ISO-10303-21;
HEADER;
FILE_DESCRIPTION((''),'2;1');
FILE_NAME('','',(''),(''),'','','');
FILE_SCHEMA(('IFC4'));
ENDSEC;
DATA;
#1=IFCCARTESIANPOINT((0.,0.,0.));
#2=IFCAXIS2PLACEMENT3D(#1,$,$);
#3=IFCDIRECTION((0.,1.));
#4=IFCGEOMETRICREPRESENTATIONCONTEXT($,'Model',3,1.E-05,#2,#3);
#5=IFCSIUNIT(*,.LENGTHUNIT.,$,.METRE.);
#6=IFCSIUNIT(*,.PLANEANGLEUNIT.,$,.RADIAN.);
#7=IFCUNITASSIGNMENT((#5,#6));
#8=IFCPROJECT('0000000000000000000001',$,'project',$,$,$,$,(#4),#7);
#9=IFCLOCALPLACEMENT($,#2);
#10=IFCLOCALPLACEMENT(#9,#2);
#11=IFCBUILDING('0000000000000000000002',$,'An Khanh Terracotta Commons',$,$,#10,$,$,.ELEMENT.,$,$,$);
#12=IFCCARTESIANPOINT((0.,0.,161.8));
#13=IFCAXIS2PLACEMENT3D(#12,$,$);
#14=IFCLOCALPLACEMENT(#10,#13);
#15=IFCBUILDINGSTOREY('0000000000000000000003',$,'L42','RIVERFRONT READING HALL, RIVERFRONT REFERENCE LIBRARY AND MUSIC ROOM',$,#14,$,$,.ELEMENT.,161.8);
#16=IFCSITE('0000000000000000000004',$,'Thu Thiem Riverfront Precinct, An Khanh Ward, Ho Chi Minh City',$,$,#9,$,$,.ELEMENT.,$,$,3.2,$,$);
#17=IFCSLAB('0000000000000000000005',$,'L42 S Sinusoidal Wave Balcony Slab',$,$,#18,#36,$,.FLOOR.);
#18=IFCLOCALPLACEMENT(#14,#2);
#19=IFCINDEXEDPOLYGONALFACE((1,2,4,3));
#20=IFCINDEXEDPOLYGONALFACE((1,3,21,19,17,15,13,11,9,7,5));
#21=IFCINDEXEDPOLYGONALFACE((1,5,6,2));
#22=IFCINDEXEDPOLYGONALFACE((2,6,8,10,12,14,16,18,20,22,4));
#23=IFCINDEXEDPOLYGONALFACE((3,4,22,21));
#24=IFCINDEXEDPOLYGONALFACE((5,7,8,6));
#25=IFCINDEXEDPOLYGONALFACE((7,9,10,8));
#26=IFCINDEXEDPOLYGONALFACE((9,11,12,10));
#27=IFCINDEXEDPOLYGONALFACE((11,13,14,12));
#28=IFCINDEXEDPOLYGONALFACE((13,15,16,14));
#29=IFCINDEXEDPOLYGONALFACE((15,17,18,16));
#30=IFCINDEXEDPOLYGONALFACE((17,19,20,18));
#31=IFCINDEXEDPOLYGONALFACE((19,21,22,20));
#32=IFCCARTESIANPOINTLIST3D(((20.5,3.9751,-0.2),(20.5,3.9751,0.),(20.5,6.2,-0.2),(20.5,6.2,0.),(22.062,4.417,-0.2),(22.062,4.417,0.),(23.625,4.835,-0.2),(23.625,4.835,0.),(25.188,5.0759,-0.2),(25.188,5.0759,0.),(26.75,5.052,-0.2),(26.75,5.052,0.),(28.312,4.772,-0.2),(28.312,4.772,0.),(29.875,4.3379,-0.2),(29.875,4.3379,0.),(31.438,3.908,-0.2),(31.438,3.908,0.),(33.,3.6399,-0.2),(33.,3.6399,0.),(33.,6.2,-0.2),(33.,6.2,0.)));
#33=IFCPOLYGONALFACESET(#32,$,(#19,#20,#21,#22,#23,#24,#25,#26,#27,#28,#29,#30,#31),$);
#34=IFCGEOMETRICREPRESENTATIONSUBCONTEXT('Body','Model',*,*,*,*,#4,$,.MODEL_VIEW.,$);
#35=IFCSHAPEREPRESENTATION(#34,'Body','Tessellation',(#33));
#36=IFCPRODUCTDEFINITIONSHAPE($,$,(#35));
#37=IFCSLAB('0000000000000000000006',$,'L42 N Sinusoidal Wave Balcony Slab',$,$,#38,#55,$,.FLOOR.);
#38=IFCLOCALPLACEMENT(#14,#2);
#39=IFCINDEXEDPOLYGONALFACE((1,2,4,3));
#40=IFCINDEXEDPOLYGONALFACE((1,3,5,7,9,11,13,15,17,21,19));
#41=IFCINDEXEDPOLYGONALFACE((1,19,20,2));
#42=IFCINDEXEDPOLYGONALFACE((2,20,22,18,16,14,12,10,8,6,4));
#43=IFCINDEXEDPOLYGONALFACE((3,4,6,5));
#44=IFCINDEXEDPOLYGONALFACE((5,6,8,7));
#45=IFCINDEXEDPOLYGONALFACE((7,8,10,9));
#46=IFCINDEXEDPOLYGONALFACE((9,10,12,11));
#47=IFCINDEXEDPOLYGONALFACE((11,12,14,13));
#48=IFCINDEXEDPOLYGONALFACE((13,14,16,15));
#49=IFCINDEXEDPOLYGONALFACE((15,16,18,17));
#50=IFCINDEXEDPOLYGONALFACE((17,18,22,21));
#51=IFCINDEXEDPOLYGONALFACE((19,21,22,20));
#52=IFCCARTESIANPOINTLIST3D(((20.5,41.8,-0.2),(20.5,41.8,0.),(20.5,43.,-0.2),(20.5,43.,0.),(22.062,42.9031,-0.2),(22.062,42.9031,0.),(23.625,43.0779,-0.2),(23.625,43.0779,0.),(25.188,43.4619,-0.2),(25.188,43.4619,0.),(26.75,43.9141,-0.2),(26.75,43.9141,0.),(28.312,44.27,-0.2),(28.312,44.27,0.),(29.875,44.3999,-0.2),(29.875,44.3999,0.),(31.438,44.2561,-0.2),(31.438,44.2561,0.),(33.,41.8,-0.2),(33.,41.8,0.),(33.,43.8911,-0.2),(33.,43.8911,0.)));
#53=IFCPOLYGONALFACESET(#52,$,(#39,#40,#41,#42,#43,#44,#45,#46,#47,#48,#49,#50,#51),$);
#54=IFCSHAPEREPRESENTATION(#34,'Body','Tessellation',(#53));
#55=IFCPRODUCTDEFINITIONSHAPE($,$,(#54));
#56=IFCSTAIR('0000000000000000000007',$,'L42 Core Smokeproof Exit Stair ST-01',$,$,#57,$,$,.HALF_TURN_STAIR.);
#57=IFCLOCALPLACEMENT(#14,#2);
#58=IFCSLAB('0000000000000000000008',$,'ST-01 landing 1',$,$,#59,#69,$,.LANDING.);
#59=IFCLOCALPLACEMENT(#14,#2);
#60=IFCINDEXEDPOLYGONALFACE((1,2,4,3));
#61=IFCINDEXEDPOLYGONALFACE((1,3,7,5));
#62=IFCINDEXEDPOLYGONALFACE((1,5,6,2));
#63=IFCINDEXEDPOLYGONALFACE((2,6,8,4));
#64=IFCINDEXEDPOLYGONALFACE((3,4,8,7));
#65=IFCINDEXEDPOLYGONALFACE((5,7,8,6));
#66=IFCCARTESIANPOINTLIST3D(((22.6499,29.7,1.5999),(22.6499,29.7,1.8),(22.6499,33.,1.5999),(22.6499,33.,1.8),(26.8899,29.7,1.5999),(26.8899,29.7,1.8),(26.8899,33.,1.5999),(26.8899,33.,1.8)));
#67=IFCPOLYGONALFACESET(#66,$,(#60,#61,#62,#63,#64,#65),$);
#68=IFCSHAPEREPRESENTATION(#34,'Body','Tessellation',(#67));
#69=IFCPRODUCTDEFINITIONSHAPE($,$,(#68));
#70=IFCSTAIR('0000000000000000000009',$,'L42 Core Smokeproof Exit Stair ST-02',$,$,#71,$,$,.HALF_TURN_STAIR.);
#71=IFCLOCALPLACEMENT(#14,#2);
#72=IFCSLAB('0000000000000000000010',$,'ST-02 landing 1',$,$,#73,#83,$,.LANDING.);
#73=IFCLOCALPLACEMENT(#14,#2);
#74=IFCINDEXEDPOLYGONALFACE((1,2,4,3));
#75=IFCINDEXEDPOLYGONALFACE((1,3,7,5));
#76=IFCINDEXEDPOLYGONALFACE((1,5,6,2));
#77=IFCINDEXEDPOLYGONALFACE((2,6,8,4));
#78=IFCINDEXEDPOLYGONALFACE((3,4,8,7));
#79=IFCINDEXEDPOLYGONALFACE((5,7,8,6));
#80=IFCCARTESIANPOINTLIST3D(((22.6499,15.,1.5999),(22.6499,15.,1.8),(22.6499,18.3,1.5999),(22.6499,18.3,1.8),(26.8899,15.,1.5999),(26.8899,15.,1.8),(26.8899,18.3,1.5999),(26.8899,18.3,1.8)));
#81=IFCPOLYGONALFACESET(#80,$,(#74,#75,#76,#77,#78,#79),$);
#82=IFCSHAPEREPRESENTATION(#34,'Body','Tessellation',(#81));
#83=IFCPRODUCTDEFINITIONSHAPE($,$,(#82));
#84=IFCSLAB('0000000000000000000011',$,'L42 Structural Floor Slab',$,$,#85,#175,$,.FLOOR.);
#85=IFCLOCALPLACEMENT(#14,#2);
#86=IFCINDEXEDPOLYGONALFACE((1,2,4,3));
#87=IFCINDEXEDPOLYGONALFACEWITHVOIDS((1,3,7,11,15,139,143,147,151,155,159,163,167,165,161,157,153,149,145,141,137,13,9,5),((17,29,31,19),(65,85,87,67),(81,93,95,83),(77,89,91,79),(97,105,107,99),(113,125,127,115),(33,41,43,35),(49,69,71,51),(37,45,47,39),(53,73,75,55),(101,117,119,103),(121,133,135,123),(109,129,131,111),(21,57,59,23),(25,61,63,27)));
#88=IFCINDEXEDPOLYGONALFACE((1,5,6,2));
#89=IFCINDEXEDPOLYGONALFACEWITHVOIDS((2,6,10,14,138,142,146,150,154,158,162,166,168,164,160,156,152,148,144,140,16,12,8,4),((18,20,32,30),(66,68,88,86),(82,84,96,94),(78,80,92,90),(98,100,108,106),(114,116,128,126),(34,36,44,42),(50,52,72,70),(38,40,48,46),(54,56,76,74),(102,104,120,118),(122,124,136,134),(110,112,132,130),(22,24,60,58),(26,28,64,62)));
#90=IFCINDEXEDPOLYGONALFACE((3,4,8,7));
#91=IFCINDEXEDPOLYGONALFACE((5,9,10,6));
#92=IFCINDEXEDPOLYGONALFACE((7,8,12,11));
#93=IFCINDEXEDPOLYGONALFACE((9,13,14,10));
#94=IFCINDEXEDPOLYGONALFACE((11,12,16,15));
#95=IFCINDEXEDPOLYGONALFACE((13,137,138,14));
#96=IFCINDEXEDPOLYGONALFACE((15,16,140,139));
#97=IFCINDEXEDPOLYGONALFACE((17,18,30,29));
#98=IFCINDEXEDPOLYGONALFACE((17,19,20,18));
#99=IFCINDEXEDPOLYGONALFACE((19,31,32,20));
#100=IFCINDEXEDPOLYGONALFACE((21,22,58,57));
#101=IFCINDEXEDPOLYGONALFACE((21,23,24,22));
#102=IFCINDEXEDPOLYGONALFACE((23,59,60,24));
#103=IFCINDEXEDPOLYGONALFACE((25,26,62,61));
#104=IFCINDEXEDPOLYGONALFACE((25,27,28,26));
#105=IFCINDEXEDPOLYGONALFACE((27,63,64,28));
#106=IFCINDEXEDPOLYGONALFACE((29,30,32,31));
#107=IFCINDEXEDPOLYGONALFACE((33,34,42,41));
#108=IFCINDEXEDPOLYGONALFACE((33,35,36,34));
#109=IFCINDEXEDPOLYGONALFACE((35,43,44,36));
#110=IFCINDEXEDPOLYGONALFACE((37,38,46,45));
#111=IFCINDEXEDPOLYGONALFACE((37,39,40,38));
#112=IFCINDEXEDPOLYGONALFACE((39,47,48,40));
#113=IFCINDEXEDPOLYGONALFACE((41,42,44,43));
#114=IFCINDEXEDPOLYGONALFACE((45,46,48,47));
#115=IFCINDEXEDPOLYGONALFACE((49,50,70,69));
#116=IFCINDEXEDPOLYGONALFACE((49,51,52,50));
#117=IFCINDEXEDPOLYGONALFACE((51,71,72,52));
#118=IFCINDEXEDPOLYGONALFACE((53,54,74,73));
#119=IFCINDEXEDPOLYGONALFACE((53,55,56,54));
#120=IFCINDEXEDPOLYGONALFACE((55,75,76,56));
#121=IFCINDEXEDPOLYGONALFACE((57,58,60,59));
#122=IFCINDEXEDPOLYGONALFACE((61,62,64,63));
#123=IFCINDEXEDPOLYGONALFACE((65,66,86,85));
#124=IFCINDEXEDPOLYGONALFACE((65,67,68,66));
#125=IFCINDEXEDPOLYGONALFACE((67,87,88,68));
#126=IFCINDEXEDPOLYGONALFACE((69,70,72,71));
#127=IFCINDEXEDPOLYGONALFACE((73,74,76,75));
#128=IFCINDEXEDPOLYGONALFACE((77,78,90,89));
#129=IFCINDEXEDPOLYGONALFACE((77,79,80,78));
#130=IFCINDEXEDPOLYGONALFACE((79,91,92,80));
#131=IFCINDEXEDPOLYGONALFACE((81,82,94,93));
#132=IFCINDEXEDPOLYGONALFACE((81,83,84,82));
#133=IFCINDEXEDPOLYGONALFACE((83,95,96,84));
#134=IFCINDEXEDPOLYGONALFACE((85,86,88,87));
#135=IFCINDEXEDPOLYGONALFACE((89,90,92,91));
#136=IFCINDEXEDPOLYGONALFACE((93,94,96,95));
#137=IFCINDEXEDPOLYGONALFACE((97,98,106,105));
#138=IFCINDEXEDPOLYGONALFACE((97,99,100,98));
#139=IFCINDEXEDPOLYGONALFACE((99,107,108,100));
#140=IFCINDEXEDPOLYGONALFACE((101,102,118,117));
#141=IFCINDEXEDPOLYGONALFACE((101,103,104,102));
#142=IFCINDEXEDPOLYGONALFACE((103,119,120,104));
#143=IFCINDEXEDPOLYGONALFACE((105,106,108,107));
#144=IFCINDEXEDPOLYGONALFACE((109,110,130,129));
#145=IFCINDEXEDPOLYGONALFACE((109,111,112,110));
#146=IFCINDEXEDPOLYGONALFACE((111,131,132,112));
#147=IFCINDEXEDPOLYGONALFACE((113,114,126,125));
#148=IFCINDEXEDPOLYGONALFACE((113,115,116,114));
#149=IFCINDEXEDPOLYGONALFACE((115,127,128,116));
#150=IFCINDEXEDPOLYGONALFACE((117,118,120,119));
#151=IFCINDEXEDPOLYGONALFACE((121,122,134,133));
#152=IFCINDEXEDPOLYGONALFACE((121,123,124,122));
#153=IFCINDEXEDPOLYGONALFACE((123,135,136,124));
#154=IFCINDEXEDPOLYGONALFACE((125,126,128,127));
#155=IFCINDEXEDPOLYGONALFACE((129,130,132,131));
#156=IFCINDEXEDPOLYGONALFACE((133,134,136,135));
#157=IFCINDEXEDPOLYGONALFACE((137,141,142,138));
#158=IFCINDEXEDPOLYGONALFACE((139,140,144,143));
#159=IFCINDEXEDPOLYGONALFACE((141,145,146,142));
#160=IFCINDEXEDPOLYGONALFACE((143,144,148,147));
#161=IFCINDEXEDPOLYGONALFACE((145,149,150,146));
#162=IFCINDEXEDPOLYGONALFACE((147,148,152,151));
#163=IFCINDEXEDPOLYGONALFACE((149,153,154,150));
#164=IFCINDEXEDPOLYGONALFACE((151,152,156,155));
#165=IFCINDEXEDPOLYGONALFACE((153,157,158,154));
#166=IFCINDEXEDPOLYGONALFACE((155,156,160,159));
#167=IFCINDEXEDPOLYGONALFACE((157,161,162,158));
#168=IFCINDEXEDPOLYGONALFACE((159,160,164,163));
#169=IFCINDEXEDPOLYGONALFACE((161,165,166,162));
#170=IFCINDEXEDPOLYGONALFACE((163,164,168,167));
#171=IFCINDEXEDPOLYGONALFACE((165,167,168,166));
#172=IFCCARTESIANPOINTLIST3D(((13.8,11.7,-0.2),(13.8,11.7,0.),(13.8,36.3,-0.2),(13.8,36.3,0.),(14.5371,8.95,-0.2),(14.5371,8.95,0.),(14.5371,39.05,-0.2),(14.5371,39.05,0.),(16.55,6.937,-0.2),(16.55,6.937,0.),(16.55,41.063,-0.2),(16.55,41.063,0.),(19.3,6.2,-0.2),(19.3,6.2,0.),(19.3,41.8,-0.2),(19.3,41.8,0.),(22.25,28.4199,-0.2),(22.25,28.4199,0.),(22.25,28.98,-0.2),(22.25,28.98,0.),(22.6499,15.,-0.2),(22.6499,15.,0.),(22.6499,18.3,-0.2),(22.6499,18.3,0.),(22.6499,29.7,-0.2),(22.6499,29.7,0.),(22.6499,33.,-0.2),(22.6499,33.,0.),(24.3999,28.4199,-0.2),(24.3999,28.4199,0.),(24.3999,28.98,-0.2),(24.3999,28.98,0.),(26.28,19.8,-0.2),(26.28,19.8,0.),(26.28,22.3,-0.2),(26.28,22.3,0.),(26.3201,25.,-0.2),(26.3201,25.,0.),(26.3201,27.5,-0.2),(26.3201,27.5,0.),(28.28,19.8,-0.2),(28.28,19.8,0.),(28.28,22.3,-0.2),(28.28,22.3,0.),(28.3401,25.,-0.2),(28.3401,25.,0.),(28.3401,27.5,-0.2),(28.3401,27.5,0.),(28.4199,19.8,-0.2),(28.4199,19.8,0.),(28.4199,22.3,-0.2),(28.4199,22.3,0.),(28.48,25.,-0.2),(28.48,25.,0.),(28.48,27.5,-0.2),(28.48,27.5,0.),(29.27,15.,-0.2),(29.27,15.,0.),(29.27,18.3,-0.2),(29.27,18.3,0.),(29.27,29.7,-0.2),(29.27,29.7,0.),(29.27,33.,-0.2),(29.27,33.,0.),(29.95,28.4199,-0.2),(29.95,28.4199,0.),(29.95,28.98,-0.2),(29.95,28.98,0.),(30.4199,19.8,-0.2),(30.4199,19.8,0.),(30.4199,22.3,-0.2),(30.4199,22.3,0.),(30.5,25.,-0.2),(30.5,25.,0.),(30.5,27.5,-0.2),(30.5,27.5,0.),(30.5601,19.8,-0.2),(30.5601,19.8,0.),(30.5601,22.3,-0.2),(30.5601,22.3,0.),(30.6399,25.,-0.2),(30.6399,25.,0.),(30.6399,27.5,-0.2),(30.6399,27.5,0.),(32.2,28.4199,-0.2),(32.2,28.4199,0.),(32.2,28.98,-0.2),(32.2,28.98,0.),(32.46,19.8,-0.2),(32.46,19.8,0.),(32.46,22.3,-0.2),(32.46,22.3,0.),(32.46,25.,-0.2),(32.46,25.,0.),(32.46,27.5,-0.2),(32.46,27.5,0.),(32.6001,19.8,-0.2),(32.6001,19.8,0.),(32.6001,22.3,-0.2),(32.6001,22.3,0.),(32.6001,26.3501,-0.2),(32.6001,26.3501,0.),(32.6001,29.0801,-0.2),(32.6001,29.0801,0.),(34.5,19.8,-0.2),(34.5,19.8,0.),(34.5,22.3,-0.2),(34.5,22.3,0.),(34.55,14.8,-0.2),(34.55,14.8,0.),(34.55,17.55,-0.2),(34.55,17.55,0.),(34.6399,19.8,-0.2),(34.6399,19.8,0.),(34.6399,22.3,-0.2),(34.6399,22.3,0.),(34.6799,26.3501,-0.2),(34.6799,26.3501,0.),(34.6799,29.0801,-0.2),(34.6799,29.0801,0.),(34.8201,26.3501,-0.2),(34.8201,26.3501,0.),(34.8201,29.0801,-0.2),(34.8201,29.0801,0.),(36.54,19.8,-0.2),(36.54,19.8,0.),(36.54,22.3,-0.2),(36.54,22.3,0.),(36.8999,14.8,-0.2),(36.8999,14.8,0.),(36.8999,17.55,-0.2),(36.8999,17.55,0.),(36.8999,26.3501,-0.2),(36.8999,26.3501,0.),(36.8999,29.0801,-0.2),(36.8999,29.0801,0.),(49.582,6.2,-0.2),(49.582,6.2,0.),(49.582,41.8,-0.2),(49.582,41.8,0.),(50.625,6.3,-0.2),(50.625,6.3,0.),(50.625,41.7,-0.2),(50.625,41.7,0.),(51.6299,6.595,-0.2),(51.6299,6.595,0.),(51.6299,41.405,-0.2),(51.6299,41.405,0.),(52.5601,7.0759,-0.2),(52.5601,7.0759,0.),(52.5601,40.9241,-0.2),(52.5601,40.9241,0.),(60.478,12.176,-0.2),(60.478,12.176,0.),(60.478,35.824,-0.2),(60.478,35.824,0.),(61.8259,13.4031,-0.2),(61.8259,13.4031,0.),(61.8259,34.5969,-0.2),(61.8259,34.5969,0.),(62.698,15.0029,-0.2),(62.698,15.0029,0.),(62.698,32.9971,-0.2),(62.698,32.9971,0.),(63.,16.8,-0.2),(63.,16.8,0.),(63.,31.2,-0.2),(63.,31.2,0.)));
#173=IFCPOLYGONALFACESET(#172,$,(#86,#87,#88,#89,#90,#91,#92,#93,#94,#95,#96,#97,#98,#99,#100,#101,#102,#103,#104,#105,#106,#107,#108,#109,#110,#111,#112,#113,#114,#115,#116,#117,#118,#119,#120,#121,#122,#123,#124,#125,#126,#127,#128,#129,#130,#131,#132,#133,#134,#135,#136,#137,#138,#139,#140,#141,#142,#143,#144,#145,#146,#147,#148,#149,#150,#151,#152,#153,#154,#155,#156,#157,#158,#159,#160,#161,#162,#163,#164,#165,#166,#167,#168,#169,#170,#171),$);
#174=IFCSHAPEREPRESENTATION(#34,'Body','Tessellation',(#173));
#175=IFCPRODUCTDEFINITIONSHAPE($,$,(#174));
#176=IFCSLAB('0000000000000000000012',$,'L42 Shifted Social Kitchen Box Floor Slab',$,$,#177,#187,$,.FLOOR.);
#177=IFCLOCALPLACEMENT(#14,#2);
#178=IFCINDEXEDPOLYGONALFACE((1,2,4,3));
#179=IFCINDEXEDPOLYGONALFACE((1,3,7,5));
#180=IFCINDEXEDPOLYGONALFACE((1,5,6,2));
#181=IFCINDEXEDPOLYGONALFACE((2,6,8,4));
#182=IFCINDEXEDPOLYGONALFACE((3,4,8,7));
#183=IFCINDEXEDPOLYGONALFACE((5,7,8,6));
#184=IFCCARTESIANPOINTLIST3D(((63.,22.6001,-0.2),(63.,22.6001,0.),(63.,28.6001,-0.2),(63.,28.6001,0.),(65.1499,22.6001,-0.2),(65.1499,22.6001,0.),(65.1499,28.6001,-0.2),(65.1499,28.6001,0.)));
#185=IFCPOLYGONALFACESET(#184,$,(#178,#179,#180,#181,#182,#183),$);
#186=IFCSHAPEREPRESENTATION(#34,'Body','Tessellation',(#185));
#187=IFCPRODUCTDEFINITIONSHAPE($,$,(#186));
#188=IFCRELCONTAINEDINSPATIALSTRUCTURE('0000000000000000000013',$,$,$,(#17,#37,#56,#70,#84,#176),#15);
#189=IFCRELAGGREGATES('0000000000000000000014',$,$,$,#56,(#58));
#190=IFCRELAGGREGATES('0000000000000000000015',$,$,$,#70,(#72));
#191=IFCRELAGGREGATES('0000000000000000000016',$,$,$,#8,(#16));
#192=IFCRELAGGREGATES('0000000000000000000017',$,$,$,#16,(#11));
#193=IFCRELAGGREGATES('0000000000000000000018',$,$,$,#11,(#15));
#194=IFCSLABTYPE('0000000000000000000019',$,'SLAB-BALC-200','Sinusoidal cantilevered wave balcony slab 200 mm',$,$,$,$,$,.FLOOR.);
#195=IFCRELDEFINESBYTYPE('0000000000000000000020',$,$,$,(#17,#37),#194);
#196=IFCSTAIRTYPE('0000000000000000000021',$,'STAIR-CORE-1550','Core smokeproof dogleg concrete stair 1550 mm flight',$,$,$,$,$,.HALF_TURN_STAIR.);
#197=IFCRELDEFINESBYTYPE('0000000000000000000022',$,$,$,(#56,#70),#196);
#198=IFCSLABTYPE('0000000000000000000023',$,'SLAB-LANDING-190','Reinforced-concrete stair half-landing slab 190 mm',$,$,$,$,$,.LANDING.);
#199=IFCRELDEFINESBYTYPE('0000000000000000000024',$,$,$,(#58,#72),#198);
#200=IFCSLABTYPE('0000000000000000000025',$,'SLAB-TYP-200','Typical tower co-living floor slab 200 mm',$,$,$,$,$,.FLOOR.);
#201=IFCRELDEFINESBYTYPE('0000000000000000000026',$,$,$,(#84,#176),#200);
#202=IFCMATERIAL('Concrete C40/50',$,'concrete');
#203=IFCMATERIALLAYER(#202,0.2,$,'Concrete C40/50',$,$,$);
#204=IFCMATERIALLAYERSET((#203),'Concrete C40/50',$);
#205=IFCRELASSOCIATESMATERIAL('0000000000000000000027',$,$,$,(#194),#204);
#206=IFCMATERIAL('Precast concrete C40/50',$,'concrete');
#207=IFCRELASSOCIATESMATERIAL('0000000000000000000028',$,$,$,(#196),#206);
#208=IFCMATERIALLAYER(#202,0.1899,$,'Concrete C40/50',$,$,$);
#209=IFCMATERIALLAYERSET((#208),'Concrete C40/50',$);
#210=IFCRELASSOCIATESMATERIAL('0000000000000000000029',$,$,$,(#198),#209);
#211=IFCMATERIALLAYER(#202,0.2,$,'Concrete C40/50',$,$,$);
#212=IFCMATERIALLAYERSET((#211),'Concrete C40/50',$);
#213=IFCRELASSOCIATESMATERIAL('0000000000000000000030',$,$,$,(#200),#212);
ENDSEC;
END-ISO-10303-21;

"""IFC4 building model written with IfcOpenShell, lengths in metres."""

from ifc_helpers import new_model, si_unit, direction, frame, origin, place, context, subcontext, project, spatial, polyline, outline, extrude, material, layer, layer_set, type_object, element, aggregate, save


model = new_model("IFC4")

# Units and contexts
model_context = context("Model", 3, precision=1e-05, world=origin(), true_north=direction((0.0, 1.0)))
body_context = subcontext(model_context, "Body", "Model", "MODEL_VIEW")
ifc_project = project(units=[si_unit("LENGTHUNIT", "METRE"), si_unit("PLANEANGLEUNIT", "RADIAN")], contexts=[model_context])

# Site, building, storey
site_placement = place(None, origin())
site = spatial("IfcSite", under=ifc_project, at=site_placement, Name="Thu Thiem Riverfront Precinct, An Khanh Ward, Ho Chi Minh City", CompositionType="ELEMENT", RefElevation=3.2)
building_placement = place(site_placement, origin())
building = spatial("IfcBuilding", under=site, at=building_placement, Name="An Khanh Terracotta Commons", CompositionType="ELEMENT")
storey_placement = place(building_placement, frame((0.0, 0.0, 161.8)))
storey = spatial("IfcBuildingStorey", under=building, at=storey_placement, Name="L42", Description="RIVERFRONT READING HALL, RIVERFRONT REFERENCE LIBRARY AND MUSIC ROOM", CompositionType="ELEMENT", Elevation=161.8)

# Slabs
ifc_material_1 = material(Name="Concrete C40/50", Category="concrete")
ifc_layer_1 = layer(ifc_material_1, 0.2, Name="Concrete C40/50")
ifc_layer_set_1 = layer_set([ifc_layer_1], Name="Concrete C40/50")
slab_type_1 = type_object("IfcSlabType", Name="SLAB-BALC-200", Description="Sinusoidal cantilevered wave balcony slab 200 mm", PredefinedType="FLOOR", material=ifc_layer_set_1)
slab_1_placement = place(storey_placement, frame((0.0, 0.0, -0.2)))
element("IfcSlab", 1, at=slab_1_placement, inside=storey, type_object=slab_type_1, Name="L42 S Sinusoidal Wave Balcony Slab", PredefinedType="FLOOR", context=body_context, shape_type="SweptSolid", body=[
    extrude(outline(polyline([(20.5, 6.2), (20.5, 3.9751), (22.062, 4.417), (23.625, 4.835), (25.188, 5.0759), (26.75, 5.052), (28.312, 4.772), (29.875, 4.3379), (31.438, 3.908), (33.0, 3.6399), (33.0, 6.2), (20.5, 6.2)])), origin(), (0.0, 0.0, 1.0), 0.2),
])
slab_2_placement = place(storey_placement, frame((0.0, 0.0, -0.2)))
element("IfcSlab", 2, at=slab_2_placement, inside=storey, type_object=slab_type_1, Name="L42 N Sinusoidal Wave Balcony Slab", PredefinedType="FLOOR", context=body_context, shape_type="SweptSolid", body=[
    extrude(outline(polyline([(33.0, 41.8), (33.0, 43.8911), (31.438, 44.2561), (29.875, 44.3999), (28.312, 44.27), (26.75, 43.9141), (25.188, 43.4619), (23.625, 43.0779), (22.062, 42.9031), (20.5, 43.0), (20.5, 41.8), (33.0, 41.8)])), origin(), (0.0, 0.0, 1.0), 0.2),
])

# Stairs, slabs
ifc_material_2 = material(Name="Precast concrete C40/50", Category="concrete")
stair_type = type_object("IfcStairType", Name="STAIR-CORE-1550", Description="Core smokeproof dogleg concrete stair 1550 mm flight", PredefinedType="HALF_TURN_STAIR", material=ifc_material_2)
stair_1_placement = place(storey_placement, origin())
stair_1 = element("IfcStair", 3, at=stair_1_placement, inside=storey, type_object=stair_type, Name="L42 Core Smokeproof Exit Stair ST-01", PredefinedType="HALF_TURN_STAIR")
ifc_layer_2 = layer(ifc_material_1, 0.1899, Name="Concrete C40/50")
ifc_layer_set_2 = layer_set([ifc_layer_2], Name="Concrete C40/50")
slab_type_2 = type_object("IfcSlabType", Name="SLAB-LANDING-190", Description="Reinforced-concrete stair half-landing slab 190 mm", PredefinedType="LANDING", material=ifc_layer_set_2)
slab_3_placement = place(storey_placement, frame((0.0, 0.0, 1.5999)))
slab_3 = element("IfcSlab", 4, at=slab_3_placement, type_object=slab_type_2, Name="ST-01 landing 1", PredefinedType="LANDING", context=body_context, shape_type="SweptSolid", body=[
    extrude(outline(polyline([(26.8899, 33.0), (22.6499, 33.0), (22.6499, 29.7), (26.8899, 29.7), (26.8899, 33.0)])), origin(), (0.0, 0.0, 1.0), 0.2002),
])
aggregate(stair_1, [slab_3])
stair_2_placement = place(storey_placement, origin())
stair_2 = element("IfcStair", 5, at=stair_2_placement, inside=storey, type_object=stair_type, Name="L42 Core Smokeproof Exit Stair ST-02", PredefinedType="HALF_TURN_STAIR")
slab_4_placement = place(storey_placement, frame((0.0, 0.0, 1.5999)))
slab_4 = element("IfcSlab", 6, at=slab_4_placement, type_object=slab_type_2, Name="ST-02 landing 1", PredefinedType="LANDING", context=body_context, shape_type="SweptSolid", body=[
    extrude(outline(polyline([(26.8899, 18.3), (22.6499, 18.3), (22.6499, 15.0), (26.8899, 15.0), (26.8899, 18.3)])), origin(), (0.0, 0.0, 1.0), 0.2002),
])
aggregate(stair_2, [slab_4])

# Slabs
ifc_layer_3 = layer(ifc_material_1, 0.2, Name="Concrete C40/50")
ifc_layer_set_3 = layer_set([ifc_layer_3], Name="Concrete C40/50")
slab_type_3 = type_object("IfcSlabType", Name="SLAB-TYP-200", Description="Typical tower co-living floor slab 200 mm", PredefinedType="FLOOR", material=ifc_layer_set_3)
slab_5_placement = place(storey_placement, frame((0.0, 0.0, -0.2)))
element("IfcSlab", 7, at=slab_5_placement, inside=storey, type_object=slab_type_3, Name="L42 Structural Floor Slab", PredefinedType="FLOOR", context=body_context, shape_type="SweptSolid", body=[
    extrude(outline(polyline([(13.8, 11.7), (14.5371, 8.95), (16.55, 6.937), (19.3, 6.2), (49.582, 6.2), (50.625, 6.3), (51.6299, 6.595), (52.5601, 7.0759), (60.478, 12.176), (61.8259, 13.4031), (62.698, 15.0029), (63.0, 16.8), (63.0, 31.2), (62.698, 32.9971), (61.8259, 34.5969), (60.478, 35.824), (52.5601, 40.9241), (51.6299, 41.405), (50.625, 41.7), (49.582, 41.8), (19.3, 41.8), (16.55, 41.063), (14.5371, 39.05), (13.8, 36.3), (13.8, 11.7)]), holes=[polyline([(22.6499, 29.7), (29.27, 29.7), (29.27, 33.0), (22.6499, 33.0), (22.6499, 29.7)]), polyline([(22.6499, 15.0), (29.27, 15.0), (29.27, 18.3), (22.6499, 18.3), (22.6499, 15.0)]), polyline([(32.6001, 26.3501), (34.6799, 26.3501), (34.6799, 29.0801), (32.6001, 29.0801), (32.6001, 26.3501)]), polyline([(34.8201, 26.3501), (36.8999, 26.3501), (36.8999, 29.0801), (34.8201, 29.0801), (34.8201, 26.3501)]), polyline([(34.55, 14.8), (36.8999, 14.8), (36.8999, 17.55), (34.55, 17.55), (34.55, 14.8)]), polyline([(26.3201, 25.0), (28.3401, 25.0), (28.3401, 27.5), (26.3201, 27.5), (26.3201, 25.0)]), polyline([(28.48, 25.0), (30.5, 25.0), (30.5, 27.5), (28.48, 27.5), (28.48, 25.0)]), polyline([(26.28, 19.8), (28.28, 19.8), (28.28, 22.3), (26.28, 22.3), (26.28, 19.8)]), polyline([(28.4199, 19.8), (30.4199, 19.8), (30.4199, 22.3), (28.4199, 22.3), (28.4199, 19.8)]), polyline([(30.6399, 25.0), (32.46, 25.0), (32.46, 27.5), (30.6399, 27.5), (30.6399, 25.0)]), polyline([(30.5601, 19.8), (32.46, 19.8), (32.46, 22.3), (30.5601, 22.3), (30.5601, 19.8)]), polyline([(32.6001, 19.8), (34.5, 19.8), (34.5, 22.3), (32.6001, 22.3), (32.6001, 19.8)]), polyline([(34.6399, 19.8), (36.54, 19.8), (36.54, 22.3), (34.6399, 22.3), (34.6399, 19.8)]), polyline([(22.25, 28.4199), (24.3999, 28.4199), (24.3999, 28.98), (22.25, 28.98), (22.25, 28.4199)]), polyline([(29.95, 28.4199), (32.2, 28.4199), (32.2, 28.98), (29.95, 28.98), (29.95, 28.4199)])]), origin(), (0.0, 0.0, 1.0), 0.2),
])
slab_6_placement = place(storey_placement, frame((0.0, 0.0, -0.2)))
element("IfcSlab", 8, at=slab_6_placement, inside=storey, type_object=slab_type_3, Name="L42 Shifted Social Kitchen Box Floor Slab", PredefinedType="FLOOR", context=body_context, shape_type="SweptSolid", body=[
    extrude(outline(polyline([(63.0, 22.6001), (65.1499, 22.6001), (65.1499, 28.6001), (63.0, 28.6001), (63.0, 22.6001)])), origin(), (0.0, 0.0, 1.0), 0.2),
])

save(model, "model.ifc")
